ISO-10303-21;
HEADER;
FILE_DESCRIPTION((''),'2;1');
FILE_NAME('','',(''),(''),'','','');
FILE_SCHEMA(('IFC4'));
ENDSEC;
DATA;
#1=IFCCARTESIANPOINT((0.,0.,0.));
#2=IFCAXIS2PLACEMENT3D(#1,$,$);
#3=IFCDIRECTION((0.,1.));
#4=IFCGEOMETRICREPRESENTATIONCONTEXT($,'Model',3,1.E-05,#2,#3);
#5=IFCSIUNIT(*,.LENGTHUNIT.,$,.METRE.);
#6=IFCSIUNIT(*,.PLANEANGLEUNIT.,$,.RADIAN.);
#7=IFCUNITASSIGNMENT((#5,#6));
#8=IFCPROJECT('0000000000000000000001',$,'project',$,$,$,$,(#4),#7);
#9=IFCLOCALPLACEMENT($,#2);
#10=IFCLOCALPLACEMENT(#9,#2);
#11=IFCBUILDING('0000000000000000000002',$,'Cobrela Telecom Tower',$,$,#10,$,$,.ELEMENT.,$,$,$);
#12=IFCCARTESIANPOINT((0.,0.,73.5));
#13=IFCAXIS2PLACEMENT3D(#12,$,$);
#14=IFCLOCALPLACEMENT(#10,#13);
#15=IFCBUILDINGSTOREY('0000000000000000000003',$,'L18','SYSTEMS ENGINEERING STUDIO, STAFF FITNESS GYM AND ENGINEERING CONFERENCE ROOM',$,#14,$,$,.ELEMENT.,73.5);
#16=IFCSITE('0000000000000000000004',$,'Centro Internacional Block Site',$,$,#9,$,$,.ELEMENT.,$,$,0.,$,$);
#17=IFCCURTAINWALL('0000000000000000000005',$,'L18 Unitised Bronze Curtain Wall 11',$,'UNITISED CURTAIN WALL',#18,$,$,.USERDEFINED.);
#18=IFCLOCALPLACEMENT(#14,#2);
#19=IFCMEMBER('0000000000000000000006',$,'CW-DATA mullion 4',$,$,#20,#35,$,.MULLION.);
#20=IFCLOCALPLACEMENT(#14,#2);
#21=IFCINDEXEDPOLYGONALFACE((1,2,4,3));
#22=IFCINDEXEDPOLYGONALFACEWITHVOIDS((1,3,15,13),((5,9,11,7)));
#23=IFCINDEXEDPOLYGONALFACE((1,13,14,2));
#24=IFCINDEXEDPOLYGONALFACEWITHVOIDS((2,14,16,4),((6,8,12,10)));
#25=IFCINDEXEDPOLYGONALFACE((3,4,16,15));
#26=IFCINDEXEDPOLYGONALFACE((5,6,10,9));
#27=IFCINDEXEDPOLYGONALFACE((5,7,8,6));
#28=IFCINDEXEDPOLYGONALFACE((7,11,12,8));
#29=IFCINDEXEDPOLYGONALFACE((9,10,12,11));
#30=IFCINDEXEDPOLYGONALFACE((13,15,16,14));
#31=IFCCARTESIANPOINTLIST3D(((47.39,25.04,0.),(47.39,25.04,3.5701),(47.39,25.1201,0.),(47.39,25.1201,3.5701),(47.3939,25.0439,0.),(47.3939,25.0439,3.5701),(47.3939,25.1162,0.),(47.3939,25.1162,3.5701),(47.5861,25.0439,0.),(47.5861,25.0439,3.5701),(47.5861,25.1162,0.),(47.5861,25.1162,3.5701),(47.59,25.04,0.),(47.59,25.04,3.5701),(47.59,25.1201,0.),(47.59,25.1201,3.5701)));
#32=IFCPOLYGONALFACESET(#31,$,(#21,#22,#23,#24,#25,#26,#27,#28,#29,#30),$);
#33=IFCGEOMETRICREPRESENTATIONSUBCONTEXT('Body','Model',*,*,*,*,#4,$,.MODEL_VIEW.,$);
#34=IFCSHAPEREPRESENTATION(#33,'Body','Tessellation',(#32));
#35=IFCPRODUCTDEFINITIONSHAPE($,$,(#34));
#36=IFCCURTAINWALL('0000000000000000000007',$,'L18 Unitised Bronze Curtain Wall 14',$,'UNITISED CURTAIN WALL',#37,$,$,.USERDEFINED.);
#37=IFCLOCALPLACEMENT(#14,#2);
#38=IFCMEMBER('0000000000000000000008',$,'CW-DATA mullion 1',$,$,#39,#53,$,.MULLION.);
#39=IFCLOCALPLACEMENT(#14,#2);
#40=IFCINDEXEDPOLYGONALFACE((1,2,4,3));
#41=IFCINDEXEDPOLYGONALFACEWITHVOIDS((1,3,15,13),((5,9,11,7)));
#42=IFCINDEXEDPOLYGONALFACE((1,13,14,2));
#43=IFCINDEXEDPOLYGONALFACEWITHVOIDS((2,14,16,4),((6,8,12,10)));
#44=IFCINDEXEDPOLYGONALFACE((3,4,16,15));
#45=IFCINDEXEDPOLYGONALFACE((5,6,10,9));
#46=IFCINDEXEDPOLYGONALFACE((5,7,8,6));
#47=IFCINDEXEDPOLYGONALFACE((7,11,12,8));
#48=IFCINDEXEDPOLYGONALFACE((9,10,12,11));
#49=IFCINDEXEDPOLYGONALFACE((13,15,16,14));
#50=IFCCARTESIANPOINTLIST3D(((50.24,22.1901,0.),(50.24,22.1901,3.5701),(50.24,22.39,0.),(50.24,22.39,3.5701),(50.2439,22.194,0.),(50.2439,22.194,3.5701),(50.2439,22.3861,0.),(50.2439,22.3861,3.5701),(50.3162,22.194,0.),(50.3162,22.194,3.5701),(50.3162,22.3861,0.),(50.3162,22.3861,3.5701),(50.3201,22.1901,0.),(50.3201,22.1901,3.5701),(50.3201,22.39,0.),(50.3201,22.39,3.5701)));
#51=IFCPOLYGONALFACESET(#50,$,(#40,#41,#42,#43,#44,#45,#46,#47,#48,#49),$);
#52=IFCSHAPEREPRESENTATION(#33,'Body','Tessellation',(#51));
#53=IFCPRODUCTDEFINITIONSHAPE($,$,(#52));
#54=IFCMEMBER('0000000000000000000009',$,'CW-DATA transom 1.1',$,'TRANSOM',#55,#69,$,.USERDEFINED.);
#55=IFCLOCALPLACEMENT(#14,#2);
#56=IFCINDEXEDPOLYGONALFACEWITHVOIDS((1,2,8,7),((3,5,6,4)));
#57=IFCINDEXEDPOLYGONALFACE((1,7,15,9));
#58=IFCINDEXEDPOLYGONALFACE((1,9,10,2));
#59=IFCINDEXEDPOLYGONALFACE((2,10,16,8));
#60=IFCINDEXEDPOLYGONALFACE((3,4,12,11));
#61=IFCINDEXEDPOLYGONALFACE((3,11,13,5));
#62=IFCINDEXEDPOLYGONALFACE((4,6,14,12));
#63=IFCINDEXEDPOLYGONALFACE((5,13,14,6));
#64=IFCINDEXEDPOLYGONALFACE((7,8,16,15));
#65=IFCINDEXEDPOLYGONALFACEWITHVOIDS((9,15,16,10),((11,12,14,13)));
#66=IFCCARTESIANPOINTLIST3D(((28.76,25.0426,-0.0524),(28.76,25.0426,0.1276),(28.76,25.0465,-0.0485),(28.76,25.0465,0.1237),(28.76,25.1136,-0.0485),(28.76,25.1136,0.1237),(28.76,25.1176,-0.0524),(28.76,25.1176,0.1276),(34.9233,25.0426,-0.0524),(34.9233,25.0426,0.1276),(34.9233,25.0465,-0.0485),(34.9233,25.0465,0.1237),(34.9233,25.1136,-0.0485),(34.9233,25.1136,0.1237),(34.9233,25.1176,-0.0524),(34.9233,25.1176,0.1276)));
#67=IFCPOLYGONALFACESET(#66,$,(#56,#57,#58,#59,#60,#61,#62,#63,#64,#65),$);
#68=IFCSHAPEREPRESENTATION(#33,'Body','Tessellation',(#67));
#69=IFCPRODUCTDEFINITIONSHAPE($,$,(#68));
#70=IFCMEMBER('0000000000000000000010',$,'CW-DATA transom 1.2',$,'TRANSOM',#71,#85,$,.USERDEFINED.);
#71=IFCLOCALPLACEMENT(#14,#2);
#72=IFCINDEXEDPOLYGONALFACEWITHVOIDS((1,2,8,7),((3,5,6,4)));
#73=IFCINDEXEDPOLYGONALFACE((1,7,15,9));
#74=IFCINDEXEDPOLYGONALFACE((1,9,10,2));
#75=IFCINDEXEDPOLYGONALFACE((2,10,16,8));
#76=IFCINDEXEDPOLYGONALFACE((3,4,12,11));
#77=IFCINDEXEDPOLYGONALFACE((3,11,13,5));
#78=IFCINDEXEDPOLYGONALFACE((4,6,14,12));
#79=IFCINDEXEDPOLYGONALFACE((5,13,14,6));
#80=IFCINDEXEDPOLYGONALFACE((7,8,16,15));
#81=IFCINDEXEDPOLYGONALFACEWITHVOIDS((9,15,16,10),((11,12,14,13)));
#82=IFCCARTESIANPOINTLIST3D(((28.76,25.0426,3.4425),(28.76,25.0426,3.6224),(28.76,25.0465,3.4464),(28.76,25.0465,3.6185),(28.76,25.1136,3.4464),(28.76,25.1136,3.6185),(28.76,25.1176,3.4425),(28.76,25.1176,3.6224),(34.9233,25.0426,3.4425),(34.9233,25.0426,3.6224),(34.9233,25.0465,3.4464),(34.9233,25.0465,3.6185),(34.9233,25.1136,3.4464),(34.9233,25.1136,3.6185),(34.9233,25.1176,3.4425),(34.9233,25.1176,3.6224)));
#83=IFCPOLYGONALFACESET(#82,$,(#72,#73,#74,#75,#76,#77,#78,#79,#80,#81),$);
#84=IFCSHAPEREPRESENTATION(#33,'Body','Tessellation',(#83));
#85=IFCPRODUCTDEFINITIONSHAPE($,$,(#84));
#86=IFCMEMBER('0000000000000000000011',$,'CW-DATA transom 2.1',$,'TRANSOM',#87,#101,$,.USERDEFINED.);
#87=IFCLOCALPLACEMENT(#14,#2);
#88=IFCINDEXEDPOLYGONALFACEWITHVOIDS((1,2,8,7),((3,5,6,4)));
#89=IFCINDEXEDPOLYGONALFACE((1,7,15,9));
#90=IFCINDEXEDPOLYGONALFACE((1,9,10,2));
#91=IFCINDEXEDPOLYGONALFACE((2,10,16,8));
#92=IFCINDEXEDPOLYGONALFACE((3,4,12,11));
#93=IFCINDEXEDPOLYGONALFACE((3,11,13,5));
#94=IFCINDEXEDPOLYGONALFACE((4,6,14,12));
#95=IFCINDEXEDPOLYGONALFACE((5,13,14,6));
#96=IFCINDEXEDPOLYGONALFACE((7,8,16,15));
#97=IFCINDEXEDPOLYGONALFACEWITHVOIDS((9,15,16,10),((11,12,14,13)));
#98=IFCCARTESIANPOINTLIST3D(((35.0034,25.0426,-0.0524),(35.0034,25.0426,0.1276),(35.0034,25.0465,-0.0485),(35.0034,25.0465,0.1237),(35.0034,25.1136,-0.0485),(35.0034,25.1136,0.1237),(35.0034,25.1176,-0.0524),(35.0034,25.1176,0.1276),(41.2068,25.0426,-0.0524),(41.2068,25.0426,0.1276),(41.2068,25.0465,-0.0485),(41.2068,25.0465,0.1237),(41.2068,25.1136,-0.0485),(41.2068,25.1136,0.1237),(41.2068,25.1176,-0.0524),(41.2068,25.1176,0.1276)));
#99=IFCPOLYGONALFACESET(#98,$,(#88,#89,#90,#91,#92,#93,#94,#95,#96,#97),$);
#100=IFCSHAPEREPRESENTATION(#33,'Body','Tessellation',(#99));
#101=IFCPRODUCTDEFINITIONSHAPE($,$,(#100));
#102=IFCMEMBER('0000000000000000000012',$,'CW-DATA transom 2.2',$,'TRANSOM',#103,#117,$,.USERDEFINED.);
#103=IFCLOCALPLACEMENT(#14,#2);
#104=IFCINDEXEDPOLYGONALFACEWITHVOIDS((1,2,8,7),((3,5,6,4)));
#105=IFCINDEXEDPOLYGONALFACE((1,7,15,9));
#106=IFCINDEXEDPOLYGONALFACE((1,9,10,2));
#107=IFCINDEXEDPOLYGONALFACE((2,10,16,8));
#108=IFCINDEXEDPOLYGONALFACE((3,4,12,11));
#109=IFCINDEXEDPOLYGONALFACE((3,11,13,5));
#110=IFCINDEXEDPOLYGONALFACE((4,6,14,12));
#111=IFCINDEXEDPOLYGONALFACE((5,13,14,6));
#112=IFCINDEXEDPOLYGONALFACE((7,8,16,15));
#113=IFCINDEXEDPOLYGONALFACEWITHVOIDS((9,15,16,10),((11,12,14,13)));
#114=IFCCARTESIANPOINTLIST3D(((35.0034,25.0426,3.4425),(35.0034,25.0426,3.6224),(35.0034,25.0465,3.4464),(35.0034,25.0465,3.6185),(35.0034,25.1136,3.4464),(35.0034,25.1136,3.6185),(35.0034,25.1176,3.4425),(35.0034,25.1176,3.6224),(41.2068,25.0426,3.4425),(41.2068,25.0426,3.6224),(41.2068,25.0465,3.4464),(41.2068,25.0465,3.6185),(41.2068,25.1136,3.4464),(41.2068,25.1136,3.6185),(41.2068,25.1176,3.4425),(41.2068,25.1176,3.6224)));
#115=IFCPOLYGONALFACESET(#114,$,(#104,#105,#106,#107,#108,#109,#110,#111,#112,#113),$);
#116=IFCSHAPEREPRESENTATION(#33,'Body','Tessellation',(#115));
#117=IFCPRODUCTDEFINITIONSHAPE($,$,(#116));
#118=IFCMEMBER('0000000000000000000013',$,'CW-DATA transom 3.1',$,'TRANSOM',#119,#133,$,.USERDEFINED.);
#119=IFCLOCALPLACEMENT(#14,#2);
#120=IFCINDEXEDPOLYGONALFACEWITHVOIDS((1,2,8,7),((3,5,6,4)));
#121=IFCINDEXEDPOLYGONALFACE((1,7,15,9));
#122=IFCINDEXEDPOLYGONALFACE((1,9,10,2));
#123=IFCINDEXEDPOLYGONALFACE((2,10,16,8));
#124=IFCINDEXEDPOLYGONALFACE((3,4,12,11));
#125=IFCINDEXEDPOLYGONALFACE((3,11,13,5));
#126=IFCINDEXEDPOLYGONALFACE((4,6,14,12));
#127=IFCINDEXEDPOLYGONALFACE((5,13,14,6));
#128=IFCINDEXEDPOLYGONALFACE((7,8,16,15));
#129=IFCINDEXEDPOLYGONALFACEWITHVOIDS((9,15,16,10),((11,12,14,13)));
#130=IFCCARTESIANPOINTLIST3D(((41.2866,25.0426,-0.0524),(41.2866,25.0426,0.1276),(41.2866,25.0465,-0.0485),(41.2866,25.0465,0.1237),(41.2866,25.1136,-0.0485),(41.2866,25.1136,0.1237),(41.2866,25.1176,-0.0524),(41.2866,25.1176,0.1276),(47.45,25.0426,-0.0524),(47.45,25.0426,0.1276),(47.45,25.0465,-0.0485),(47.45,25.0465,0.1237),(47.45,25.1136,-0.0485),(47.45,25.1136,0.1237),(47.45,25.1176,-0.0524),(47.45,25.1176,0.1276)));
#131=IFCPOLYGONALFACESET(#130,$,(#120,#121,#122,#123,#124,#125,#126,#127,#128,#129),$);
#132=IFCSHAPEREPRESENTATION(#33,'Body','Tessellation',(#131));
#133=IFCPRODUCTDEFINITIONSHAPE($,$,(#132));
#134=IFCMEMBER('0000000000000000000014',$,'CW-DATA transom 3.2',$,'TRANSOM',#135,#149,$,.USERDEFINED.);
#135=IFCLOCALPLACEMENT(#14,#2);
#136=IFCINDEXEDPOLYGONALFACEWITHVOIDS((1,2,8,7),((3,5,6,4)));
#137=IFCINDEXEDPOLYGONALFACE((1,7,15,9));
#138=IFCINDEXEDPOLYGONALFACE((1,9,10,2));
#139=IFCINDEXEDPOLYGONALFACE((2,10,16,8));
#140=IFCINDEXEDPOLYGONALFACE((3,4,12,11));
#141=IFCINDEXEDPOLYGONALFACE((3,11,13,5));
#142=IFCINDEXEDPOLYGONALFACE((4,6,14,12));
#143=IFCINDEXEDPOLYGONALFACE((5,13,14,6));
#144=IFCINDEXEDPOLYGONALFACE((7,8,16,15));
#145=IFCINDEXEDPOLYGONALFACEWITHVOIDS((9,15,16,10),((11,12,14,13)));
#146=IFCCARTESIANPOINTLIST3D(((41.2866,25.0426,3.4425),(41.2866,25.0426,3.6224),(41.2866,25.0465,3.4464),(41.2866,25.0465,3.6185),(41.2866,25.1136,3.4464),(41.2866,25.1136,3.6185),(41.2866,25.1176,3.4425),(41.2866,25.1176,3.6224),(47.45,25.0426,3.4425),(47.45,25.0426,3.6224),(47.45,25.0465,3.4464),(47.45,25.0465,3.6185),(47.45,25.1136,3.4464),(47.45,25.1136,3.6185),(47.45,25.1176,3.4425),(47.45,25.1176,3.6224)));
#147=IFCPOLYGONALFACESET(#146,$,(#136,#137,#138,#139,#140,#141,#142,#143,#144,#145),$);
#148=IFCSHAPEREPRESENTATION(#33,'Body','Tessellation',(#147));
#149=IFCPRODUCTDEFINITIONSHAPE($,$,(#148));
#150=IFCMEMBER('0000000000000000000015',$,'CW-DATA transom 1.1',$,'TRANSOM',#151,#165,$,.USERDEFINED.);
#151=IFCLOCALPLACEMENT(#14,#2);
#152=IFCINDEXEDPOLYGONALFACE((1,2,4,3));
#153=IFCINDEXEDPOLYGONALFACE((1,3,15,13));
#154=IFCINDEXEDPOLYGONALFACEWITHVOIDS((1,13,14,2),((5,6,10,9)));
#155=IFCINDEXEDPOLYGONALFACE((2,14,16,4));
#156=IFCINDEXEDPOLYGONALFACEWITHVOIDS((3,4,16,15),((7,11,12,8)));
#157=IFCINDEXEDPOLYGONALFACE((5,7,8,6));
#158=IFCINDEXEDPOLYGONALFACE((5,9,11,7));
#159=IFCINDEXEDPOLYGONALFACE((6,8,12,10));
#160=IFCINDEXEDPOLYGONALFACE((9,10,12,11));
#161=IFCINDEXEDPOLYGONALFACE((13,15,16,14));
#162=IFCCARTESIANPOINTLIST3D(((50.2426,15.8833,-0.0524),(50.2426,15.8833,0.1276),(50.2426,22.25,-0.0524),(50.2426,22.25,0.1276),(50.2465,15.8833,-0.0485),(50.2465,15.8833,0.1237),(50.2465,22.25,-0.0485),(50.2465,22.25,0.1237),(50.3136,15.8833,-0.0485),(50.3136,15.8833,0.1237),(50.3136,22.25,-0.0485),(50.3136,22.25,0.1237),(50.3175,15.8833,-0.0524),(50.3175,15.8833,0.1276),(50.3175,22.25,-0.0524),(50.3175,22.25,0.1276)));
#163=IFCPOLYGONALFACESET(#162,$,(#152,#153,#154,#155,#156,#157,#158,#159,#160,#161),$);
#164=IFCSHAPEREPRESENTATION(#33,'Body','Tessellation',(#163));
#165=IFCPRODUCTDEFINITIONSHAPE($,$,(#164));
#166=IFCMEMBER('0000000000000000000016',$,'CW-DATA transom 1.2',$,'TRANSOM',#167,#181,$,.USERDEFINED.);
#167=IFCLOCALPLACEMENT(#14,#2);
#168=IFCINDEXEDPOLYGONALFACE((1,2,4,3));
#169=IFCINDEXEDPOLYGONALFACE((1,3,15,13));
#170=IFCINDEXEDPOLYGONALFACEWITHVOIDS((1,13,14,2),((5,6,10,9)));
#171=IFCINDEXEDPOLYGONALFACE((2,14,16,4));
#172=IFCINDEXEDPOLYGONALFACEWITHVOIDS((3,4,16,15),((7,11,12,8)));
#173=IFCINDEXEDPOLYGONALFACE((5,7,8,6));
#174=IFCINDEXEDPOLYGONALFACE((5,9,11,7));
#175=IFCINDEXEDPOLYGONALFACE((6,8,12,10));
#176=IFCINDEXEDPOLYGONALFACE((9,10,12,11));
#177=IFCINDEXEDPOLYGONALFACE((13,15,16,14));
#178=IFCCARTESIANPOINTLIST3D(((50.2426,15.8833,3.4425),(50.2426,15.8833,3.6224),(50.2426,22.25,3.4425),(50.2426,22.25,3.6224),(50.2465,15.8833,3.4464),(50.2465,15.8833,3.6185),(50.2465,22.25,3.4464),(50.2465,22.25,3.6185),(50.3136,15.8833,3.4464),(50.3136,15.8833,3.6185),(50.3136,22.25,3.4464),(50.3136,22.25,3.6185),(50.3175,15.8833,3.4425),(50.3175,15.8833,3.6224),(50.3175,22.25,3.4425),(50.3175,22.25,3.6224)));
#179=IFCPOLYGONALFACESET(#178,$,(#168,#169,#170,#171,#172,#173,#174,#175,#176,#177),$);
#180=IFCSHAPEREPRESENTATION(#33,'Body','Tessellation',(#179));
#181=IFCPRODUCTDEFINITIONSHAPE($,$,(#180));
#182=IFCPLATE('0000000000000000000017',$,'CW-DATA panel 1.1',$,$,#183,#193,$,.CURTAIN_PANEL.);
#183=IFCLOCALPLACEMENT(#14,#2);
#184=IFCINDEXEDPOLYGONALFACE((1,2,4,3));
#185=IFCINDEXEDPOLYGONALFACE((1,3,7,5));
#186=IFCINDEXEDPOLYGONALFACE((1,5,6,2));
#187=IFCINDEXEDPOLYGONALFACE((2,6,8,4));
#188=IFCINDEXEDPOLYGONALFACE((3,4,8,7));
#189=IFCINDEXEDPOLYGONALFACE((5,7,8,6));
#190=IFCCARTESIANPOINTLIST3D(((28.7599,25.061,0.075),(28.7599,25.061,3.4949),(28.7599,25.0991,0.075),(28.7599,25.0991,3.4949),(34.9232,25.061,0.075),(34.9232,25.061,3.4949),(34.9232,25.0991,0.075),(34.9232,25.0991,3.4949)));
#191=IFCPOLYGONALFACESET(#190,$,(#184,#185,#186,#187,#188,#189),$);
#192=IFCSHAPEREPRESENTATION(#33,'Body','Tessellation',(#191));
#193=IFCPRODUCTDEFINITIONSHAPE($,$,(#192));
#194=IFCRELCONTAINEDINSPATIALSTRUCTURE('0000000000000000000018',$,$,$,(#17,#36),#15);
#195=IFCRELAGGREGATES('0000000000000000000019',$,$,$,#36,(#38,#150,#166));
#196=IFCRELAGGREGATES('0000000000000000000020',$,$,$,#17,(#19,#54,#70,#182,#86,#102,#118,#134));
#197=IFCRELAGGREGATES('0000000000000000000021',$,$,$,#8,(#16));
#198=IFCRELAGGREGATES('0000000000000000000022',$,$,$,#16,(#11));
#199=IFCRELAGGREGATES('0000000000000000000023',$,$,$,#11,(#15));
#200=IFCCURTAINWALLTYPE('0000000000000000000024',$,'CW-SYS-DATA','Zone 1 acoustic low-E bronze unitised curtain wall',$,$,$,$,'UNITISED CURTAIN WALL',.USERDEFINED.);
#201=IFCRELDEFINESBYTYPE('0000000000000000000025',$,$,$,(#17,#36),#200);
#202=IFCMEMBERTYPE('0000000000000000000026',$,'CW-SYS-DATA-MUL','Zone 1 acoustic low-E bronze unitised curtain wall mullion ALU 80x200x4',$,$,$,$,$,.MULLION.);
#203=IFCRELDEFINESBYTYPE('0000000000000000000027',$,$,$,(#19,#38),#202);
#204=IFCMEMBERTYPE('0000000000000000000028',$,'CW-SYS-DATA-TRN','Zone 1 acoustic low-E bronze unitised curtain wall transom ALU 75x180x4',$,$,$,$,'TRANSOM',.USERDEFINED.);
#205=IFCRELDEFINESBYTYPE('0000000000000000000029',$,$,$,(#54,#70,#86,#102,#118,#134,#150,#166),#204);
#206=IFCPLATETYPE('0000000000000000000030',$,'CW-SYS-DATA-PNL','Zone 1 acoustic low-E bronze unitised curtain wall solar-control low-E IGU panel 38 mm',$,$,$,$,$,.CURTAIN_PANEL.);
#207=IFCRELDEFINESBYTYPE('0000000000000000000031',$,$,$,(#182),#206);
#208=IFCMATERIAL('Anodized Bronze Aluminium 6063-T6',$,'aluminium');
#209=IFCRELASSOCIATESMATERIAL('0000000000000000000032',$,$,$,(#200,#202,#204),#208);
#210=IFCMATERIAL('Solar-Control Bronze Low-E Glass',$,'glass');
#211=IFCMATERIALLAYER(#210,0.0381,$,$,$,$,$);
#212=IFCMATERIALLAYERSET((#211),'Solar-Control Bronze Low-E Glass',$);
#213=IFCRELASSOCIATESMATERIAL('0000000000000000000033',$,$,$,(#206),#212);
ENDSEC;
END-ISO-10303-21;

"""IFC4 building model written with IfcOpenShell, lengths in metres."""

from ifc_helpers import new_model, si_unit, direction, frame, origin, origin_2d, place, context, subcontext, project, spatial, rectangle, hollow_rectangle, extrude, material, layer, layer_set, material_profile, profile_set, type_object, element, aggregate, save


model = new_model("IFC4")

# Units and contexts
model_context = context("Model", 3, precision=1e-05, world=origin(), true_north=direction((0.0, 1.0)))
body_context = subcontext(model_context, "Body", "Model", "MODEL_VIEW")
ifc_project = project(units=[si_unit("LENGTHUNIT", "METRE"), si_unit("PLANEANGLEUNIT", "RADIAN")], contexts=[model_context])

# Site, building, storey
site_placement = place(None, origin())
site = spatial("IfcSite", under=ifc_project, at=site_placement, Name="Centro Internacional Block Site", CompositionType="ELEMENT", RefElevation=0.0)
building_placement = place(site_placement, origin())
building = spatial("IfcBuilding", under=site, at=building_placement, Name="Cobrela Telecom Tower", CompositionType="ELEMENT")
storey_placement = place(building_placement, frame((0.0, 0.0, 73.5)))
storey = spatial("IfcBuildingStorey", under=building, at=storey_placement, Name="L18", Description="SYSTEMS ENGINEERING STUDIO, STAFF FITNESS GYM AND ENGINEERING CONFERENCE ROOM", CompositionType="ELEMENT", Elevation=73.5)

# Shared definitions
ifc_material_1 = material(Name="Anodized Bronze Aluminium 6063-T6", Category="aluminium")
curtain_wall_type = type_object("IfcCurtainWallType", Name="CW-SYS-DATA", Description="Zone 1 acoustic low-E bronze unitised curtain wall", ElementType="UNITISED CURTAIN WALL", PredefinedType="USERDEFINED", material=ifc_material_1)
ifc_material_profile_1 = material_profile(ifc_material_1, hollow_rectangle(XDim=0.0801, YDim=0.2, WallThickness=0.0039, at=origin_2d()), Name="ALU 80x200x4")
ifc_profile_set_1 = profile_set([ifc_material_profile_1], Name="Anodized Bronze Aluminium 6063-T6")
member_type_1 = type_object("IfcMemberType", Name="CW-SYS-DATA-MUL", Description="Zone 1 acoustic low-E bronze unitised curtain wall mullion ALU 80x200x4", PredefinedType="MULLION", material=ifc_profile_set_1)

# Curtain wall, member
curtain_wall_1_placement = place(storey_placement, origin())
curtain_wall_1 = element("IfcCurtainWall", 1, at=curtain_wall_1_placement, inside=storey, type_object=curtain_wall_type, Name="L18 Unitised Bronze Curtain Wall 11", ObjectType="UNITISED CURTAIN WALL", PredefinedType="USERDEFINED")
member_1_placement = place(storey_placement, frame((47.49, 25.0801, 0.0), z_axis=(0.0, 0.0, 1.0), x_axis=(0.0, 1.0, 0.0)))
member_1 = element("IfcMember", 2, at=member_1_placement, type_object=member_type_1, Name="CW-DATA mullion 4", PredefinedType="MULLION", context=body_context, shape_type="SweptSolid", body=[
    extrude(hollow_rectangle(XDim=0.0801, YDim=0.2, WallThickness=0.0039, at=origin_2d()), origin(), (0.0, 0.0, 1.0), 3.5701),
])

# Curtain wall, member
curtain_wall_2_placement = place(storey_placement, origin())
curtain_wall_2 = element("IfcCurtainWall", 3, at=curtain_wall_2_placement, inside=storey, type_object=curtain_wall_type, Name="L18 Unitised Bronze Curtain Wall 14", ObjectType="UNITISED CURTAIN WALL", PredefinedType="USERDEFINED")
member_2_placement = place(storey_placement, frame((50.28, 22.29, 0.0), z_axis=(0.0, 0.0, 1.0), x_axis=(1.0, 0.0, 0.0)))
member_2 = element("IfcMember", 4, at=member_2_placement, type_object=member_type_1, Name="CW-DATA mullion 1", PredefinedType="MULLION", context=body_context, shape_type="SweptSolid", body=[
    extrude(hollow_rectangle(XDim=0.0801, YDim=0.2, WallThickness=0.0039, at=origin_2d()), origin(), (0.0, 0.0, 1.0), 3.5701),
])

# Members
ifc_material_profile_2 = material_profile(ifc_material_1, hollow_rectangle(XDim=0.075, YDim=0.1799, WallThickness=0.0039, at=origin_2d()), Name="ALU 75x180x4")
ifc_profile_set_2 = profile_set([ifc_material_profile_2], Name="Anodized Bronze Aluminium 6063-T6")
member_type_2 = type_object("IfcMemberType", Name="CW-SYS-DATA-TRN", Description="Zone 1 acoustic low-E bronze unitised curtain wall transom ALU 75x180x4", ElementType="TRANSOM", PredefinedType="USERDEFINED", material=ifc_profile_set_2)
member_3_placement = place(storey_placement, frame((28.76, 25.0801, 0.0376), z_axis=(1.0, 0.0, 0.0), x_axis=(0.0, 1.0, 0.0)))
member_3 = element("IfcMember", 5, at=member_3_placement, type_object=member_type_2, Name="CW-DATA transom 1.1", ObjectType="TRANSOM", PredefinedType="USERDEFINED", context=body_context, shape_type="SweptSolid", body=[
    extrude(hollow_rectangle(XDim=0.075, YDim=0.1799, WallThickness=0.0039, at=origin_2d()), origin(), (0.0, 0.0, 1.0), 6.1633),
])
member_4_placement = place(storey_placement, frame((28.76, 25.0801, 3.5325), z_axis=(1.0, 0.0, 0.0), x_axis=(0.0, 1.0, 0.0)))
member_4 = element("IfcMember", 6, at=member_4_placement, type_object=member_type_2, Name="CW-DATA transom 1.2", ObjectType="TRANSOM", PredefinedType="USERDEFINED", context=body_context, shape_type="SweptSolid", body=[
    extrude(hollow_rectangle(XDim=0.075, YDim=0.1799, WallThickness=0.0039, at=origin_2d()), origin(), (0.0, 0.0, 1.0), 6.1633),
])
member_5_placement = place(storey_placement, frame((35.0034, 25.0801, 0.0376), z_axis=(1.0, 0.0, 0.0), x_axis=(0.0, 1.0, 0.0)))
member_5 = element("IfcMember", 7, at=member_5_placement, type_object=member_type_2, Name="CW-DATA transom 2.1", ObjectType="TRANSOM", PredefinedType="USERDEFINED", context=body_context, shape_type="SweptSolid", body=[
    extrude(hollow_rectangle(XDim=0.075, YDim=0.1799, WallThickness=0.0039, at=origin_2d()), origin(), (0.0, 0.0, 1.0), 6.2034),
])
member_6_placement = place(storey_placement, frame((35.0034, 25.0801, 3.5325), z_axis=(1.0, 0.0, 0.0), x_axis=(0.0, 1.0, 0.0)))
member_6 = element("IfcMember", 8, at=member_6_placement, type_object=member_type_2, Name="CW-DATA transom 2.2", ObjectType="TRANSOM", PredefinedType="USERDEFINED", context=body_context, shape_type="SweptSolid", body=[
    extrude(hollow_rectangle(XDim=0.075, YDim=0.1799, WallThickness=0.0039, at=origin_2d()), origin(), (0.0, 0.0, 1.0), 6.2034),
])
member_7_placement = place(storey_placement, frame((41.2866, 25.0801, 0.0376), z_axis=(1.0, 0.0, 0.0), x_axis=(0.0, 1.0, 0.0)))
member_7 = element("IfcMember", 9, at=member_7_placement, type_object=member_type_2, Name="CW-DATA transom 3.1", ObjectType="TRANSOM", PredefinedType="USERDEFINED", context=body_context, shape_type="SweptSolid", body=[
    extrude(hollow_rectangle(XDim=0.075, YDim=0.1799, WallThickness=0.0039, at=origin_2d()), origin(), (0.0, 0.0, 1.0), 6.1633),
])
member_8_placement = place(storey_placement, frame((41.2866, 25.0801, 3.5325), z_axis=(1.0, 0.0, 0.0), x_axis=(0.0, 1.0, 0.0)))
member_8 = element("IfcMember", 10, at=member_8_placement, type_object=member_type_2, Name="CW-DATA transom 3.2", ObjectType="TRANSOM", PredefinedType="USERDEFINED", context=body_context, shape_type="SweptSolid", body=[
    extrude(hollow_rectangle(XDim=0.075, YDim=0.1799, WallThickness=0.0039, at=origin_2d()), origin(), (0.0, 0.0, 1.0), 6.1633),
])
member_9_placement = place(storey_placement, frame((50.28, 22.25, 0.0376), z_axis=(0.0, -1.0, 0.0), x_axis=(1.0, 0.0, 0.0)))
member_9 = element("IfcMember", 11, at=member_9_placement, type_object=member_type_2, Name="CW-DATA transom 1.1", ObjectType="TRANSOM", PredefinedType="USERDEFINED", context=body_context, shape_type="SweptSolid", body=[
    extrude(hollow_rectangle(XDim=0.075, YDim=0.1799, WallThickness=0.0039, at=origin_2d()), origin(), (0.0, 0.0, 1.0), 6.3667),
])
member_10_placement = place(storey_placement, frame((50.28, 22.25, 3.5325), z_axis=(0.0, -1.0, 0.0), x_axis=(1.0, 0.0, 0.0)))
member_10 = element("IfcMember", 12, at=member_10_placement, type_object=member_type_2, Name="CW-DATA transom 1.2", ObjectType="TRANSOM", PredefinedType="USERDEFINED", context=body_context, shape_type="SweptSolid", body=[
    extrude(hollow_rectangle(XDim=0.075, YDim=0.1799, WallThickness=0.0039, at=origin_2d()), origin(), (0.0, 0.0, 1.0), 6.3667),
])
aggregate(curtain_wall_2, [member_2, member_9, member_10])

# Plate
ifc_material_2 = material(Name="Solar-Control Bronze Low-E Glass", Category="glass")
ifc_layer_1 = layer(ifc_material_2, 0.0381)
ifc_layer_set_1 = layer_set([ifc_layer_1], Name="Solar-Control Bronze Low-E Glass")
plate_type = type_object("IfcPlateType", Name="CW-SYS-DATA-PNL", Description="Zone 1 acoustic low-E bronze unitised curtain wall solar-control low-E IGU panel 38 mm", PredefinedType="CURTAIN_PANEL", material=ifc_layer_set_1)
plate_1_placement = place(storey_placement, frame((31.8416, 25.0801, 0.075), z_axis=(0.0, 0.0, 1.0), x_axis=(1.0, 0.0, 0.0)))
plate_1 = element("IfcPlate", 13, at=plate_1_placement, type_object=plate_type, Name="CW-DATA panel 1.1", PredefinedType="CURTAIN_PANEL", context=body_context, shape_type="SweptSolid", body=[
    extrude(rectangle(XDim=6.1633, YDim=0.0381, at=origin_2d()), origin(), (0.0, 0.0, 1.0), 3.4199),
])
aggregate(curtain_wall_1, [member_1, member_3, member_4, plate_1, member_5, member_6, member_7, member_8])

save(model, "model.ifc")
